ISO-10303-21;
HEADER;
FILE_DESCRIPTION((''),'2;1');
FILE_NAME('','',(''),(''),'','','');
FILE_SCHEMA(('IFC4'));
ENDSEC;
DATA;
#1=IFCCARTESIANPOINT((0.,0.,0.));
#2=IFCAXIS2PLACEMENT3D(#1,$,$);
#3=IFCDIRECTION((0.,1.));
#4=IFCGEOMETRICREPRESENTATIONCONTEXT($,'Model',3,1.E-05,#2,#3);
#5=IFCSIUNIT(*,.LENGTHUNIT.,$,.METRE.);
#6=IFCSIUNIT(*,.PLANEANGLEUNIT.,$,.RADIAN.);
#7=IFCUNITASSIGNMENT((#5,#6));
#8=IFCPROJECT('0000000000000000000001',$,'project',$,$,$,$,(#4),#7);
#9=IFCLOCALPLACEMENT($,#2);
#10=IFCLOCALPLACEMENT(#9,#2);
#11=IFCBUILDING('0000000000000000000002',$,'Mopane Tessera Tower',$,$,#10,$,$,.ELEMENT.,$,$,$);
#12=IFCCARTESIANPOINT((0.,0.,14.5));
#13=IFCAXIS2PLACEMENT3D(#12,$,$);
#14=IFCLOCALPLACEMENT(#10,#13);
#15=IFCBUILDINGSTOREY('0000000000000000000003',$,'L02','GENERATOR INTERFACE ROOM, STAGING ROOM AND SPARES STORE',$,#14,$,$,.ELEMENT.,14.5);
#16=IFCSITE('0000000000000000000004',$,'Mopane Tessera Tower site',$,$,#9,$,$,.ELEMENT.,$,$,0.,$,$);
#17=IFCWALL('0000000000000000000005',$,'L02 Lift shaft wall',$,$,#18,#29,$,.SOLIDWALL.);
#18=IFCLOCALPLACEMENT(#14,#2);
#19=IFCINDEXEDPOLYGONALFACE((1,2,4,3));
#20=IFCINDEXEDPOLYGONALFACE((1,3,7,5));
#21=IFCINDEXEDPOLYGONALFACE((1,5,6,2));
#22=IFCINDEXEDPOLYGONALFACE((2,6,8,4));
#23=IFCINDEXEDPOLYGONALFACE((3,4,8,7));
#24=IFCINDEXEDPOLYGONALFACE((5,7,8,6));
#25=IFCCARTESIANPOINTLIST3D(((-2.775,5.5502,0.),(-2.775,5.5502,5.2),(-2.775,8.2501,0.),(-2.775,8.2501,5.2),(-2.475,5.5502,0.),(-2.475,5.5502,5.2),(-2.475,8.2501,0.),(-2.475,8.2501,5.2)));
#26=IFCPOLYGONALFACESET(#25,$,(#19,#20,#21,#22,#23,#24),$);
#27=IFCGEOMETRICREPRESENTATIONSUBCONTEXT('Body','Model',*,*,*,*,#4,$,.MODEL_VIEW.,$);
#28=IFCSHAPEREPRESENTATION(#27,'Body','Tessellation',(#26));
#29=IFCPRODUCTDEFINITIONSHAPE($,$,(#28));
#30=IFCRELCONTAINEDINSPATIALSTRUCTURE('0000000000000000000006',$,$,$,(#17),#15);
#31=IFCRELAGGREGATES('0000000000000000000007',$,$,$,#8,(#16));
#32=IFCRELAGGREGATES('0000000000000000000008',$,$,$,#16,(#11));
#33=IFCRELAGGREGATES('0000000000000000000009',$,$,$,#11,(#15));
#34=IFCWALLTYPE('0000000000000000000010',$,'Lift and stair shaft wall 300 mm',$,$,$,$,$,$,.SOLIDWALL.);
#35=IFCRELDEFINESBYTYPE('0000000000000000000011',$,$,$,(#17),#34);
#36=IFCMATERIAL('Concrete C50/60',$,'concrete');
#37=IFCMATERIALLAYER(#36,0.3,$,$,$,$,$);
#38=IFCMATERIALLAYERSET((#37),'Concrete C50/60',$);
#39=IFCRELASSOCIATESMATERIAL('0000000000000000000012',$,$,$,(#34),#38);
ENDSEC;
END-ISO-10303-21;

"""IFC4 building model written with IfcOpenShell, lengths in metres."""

from ifc_helpers import new_model, si_unit, direction, frame, frame_2d, origin, place, context, subcontext, project, spatial, rectangle, extrude, material, layer, layer_set, type_object, element, save


model = new_model("IFC4")

# Units and contexts
model_context = context("Model", 3, precision=1e-05, world=origin(), true_north=direction((0.0, 1.0)))
body_context = subcontext(model_context, "Body", "Model", "MODEL_VIEW")
ifc_project = project(units=[si_unit("LENGTHUNIT", "METRE"), si_unit("PLANEANGLEUNIT", "RADIAN")], contexts=[model_context])

# Site, building, storey
site_placement = place(None, origin())
site = spatial("IfcSite", under=ifc_project, at=site_placement, Name="Mopane Tessera Tower site", CompositionType="ELEMENT", RefElevation=0.0)
building_placement = place(site_placement, origin())
building = spatial("IfcBuilding", under=site, at=building_placement, Name="Mopane Tessera Tower", CompositionType="ELEMENT")
storey_placement = place(building_placement, frame((0.0, 0.0, 14.5)))
storey = spatial("IfcBuildingStorey", under=building, at=storey_placement, Name="L02", Description="GENERATOR INTERFACE ROOM, STAGING ROOM AND SPARES STORE", CompositionType="ELEMENT", Elevation=14.5)

# Wall
ifc_material_1 = material(Name="Concrete C50/60", Category="concrete")
ifc_layer_1 = layer(ifc_material_1, 0.3)
ifc_layer_set_1 = layer_set([ifc_layer_1], Name="Concrete C50/60")
wall_type = type_object("IfcWallType", Name="Lift and stair shaft wall 300 mm", PredefinedType="SOLIDWALL", material=ifc_layer_set_1)
wall_placement = place(storey_placement, frame((-2.625, 5.55, 0.0), z_axis=(0.0, 0.0, 1.0), x_axis=(0.0, 1.0, 0.0)))
element("IfcWall", 1, at=wall_placement, inside=storey, type_object=wall_type, Name="L02 Lift shaft wall", PredefinedType="SOLIDWALL", context=body_context, shape_type="SweptSolid", body=[
    extrude(rectangle(XDim=2.7, YDim=0.3, at=frame_2d((1.3501, 0.0))), origin(), (0.0, 0.0, 1.0), 5.2),
])

save(model, "model.ifc")
